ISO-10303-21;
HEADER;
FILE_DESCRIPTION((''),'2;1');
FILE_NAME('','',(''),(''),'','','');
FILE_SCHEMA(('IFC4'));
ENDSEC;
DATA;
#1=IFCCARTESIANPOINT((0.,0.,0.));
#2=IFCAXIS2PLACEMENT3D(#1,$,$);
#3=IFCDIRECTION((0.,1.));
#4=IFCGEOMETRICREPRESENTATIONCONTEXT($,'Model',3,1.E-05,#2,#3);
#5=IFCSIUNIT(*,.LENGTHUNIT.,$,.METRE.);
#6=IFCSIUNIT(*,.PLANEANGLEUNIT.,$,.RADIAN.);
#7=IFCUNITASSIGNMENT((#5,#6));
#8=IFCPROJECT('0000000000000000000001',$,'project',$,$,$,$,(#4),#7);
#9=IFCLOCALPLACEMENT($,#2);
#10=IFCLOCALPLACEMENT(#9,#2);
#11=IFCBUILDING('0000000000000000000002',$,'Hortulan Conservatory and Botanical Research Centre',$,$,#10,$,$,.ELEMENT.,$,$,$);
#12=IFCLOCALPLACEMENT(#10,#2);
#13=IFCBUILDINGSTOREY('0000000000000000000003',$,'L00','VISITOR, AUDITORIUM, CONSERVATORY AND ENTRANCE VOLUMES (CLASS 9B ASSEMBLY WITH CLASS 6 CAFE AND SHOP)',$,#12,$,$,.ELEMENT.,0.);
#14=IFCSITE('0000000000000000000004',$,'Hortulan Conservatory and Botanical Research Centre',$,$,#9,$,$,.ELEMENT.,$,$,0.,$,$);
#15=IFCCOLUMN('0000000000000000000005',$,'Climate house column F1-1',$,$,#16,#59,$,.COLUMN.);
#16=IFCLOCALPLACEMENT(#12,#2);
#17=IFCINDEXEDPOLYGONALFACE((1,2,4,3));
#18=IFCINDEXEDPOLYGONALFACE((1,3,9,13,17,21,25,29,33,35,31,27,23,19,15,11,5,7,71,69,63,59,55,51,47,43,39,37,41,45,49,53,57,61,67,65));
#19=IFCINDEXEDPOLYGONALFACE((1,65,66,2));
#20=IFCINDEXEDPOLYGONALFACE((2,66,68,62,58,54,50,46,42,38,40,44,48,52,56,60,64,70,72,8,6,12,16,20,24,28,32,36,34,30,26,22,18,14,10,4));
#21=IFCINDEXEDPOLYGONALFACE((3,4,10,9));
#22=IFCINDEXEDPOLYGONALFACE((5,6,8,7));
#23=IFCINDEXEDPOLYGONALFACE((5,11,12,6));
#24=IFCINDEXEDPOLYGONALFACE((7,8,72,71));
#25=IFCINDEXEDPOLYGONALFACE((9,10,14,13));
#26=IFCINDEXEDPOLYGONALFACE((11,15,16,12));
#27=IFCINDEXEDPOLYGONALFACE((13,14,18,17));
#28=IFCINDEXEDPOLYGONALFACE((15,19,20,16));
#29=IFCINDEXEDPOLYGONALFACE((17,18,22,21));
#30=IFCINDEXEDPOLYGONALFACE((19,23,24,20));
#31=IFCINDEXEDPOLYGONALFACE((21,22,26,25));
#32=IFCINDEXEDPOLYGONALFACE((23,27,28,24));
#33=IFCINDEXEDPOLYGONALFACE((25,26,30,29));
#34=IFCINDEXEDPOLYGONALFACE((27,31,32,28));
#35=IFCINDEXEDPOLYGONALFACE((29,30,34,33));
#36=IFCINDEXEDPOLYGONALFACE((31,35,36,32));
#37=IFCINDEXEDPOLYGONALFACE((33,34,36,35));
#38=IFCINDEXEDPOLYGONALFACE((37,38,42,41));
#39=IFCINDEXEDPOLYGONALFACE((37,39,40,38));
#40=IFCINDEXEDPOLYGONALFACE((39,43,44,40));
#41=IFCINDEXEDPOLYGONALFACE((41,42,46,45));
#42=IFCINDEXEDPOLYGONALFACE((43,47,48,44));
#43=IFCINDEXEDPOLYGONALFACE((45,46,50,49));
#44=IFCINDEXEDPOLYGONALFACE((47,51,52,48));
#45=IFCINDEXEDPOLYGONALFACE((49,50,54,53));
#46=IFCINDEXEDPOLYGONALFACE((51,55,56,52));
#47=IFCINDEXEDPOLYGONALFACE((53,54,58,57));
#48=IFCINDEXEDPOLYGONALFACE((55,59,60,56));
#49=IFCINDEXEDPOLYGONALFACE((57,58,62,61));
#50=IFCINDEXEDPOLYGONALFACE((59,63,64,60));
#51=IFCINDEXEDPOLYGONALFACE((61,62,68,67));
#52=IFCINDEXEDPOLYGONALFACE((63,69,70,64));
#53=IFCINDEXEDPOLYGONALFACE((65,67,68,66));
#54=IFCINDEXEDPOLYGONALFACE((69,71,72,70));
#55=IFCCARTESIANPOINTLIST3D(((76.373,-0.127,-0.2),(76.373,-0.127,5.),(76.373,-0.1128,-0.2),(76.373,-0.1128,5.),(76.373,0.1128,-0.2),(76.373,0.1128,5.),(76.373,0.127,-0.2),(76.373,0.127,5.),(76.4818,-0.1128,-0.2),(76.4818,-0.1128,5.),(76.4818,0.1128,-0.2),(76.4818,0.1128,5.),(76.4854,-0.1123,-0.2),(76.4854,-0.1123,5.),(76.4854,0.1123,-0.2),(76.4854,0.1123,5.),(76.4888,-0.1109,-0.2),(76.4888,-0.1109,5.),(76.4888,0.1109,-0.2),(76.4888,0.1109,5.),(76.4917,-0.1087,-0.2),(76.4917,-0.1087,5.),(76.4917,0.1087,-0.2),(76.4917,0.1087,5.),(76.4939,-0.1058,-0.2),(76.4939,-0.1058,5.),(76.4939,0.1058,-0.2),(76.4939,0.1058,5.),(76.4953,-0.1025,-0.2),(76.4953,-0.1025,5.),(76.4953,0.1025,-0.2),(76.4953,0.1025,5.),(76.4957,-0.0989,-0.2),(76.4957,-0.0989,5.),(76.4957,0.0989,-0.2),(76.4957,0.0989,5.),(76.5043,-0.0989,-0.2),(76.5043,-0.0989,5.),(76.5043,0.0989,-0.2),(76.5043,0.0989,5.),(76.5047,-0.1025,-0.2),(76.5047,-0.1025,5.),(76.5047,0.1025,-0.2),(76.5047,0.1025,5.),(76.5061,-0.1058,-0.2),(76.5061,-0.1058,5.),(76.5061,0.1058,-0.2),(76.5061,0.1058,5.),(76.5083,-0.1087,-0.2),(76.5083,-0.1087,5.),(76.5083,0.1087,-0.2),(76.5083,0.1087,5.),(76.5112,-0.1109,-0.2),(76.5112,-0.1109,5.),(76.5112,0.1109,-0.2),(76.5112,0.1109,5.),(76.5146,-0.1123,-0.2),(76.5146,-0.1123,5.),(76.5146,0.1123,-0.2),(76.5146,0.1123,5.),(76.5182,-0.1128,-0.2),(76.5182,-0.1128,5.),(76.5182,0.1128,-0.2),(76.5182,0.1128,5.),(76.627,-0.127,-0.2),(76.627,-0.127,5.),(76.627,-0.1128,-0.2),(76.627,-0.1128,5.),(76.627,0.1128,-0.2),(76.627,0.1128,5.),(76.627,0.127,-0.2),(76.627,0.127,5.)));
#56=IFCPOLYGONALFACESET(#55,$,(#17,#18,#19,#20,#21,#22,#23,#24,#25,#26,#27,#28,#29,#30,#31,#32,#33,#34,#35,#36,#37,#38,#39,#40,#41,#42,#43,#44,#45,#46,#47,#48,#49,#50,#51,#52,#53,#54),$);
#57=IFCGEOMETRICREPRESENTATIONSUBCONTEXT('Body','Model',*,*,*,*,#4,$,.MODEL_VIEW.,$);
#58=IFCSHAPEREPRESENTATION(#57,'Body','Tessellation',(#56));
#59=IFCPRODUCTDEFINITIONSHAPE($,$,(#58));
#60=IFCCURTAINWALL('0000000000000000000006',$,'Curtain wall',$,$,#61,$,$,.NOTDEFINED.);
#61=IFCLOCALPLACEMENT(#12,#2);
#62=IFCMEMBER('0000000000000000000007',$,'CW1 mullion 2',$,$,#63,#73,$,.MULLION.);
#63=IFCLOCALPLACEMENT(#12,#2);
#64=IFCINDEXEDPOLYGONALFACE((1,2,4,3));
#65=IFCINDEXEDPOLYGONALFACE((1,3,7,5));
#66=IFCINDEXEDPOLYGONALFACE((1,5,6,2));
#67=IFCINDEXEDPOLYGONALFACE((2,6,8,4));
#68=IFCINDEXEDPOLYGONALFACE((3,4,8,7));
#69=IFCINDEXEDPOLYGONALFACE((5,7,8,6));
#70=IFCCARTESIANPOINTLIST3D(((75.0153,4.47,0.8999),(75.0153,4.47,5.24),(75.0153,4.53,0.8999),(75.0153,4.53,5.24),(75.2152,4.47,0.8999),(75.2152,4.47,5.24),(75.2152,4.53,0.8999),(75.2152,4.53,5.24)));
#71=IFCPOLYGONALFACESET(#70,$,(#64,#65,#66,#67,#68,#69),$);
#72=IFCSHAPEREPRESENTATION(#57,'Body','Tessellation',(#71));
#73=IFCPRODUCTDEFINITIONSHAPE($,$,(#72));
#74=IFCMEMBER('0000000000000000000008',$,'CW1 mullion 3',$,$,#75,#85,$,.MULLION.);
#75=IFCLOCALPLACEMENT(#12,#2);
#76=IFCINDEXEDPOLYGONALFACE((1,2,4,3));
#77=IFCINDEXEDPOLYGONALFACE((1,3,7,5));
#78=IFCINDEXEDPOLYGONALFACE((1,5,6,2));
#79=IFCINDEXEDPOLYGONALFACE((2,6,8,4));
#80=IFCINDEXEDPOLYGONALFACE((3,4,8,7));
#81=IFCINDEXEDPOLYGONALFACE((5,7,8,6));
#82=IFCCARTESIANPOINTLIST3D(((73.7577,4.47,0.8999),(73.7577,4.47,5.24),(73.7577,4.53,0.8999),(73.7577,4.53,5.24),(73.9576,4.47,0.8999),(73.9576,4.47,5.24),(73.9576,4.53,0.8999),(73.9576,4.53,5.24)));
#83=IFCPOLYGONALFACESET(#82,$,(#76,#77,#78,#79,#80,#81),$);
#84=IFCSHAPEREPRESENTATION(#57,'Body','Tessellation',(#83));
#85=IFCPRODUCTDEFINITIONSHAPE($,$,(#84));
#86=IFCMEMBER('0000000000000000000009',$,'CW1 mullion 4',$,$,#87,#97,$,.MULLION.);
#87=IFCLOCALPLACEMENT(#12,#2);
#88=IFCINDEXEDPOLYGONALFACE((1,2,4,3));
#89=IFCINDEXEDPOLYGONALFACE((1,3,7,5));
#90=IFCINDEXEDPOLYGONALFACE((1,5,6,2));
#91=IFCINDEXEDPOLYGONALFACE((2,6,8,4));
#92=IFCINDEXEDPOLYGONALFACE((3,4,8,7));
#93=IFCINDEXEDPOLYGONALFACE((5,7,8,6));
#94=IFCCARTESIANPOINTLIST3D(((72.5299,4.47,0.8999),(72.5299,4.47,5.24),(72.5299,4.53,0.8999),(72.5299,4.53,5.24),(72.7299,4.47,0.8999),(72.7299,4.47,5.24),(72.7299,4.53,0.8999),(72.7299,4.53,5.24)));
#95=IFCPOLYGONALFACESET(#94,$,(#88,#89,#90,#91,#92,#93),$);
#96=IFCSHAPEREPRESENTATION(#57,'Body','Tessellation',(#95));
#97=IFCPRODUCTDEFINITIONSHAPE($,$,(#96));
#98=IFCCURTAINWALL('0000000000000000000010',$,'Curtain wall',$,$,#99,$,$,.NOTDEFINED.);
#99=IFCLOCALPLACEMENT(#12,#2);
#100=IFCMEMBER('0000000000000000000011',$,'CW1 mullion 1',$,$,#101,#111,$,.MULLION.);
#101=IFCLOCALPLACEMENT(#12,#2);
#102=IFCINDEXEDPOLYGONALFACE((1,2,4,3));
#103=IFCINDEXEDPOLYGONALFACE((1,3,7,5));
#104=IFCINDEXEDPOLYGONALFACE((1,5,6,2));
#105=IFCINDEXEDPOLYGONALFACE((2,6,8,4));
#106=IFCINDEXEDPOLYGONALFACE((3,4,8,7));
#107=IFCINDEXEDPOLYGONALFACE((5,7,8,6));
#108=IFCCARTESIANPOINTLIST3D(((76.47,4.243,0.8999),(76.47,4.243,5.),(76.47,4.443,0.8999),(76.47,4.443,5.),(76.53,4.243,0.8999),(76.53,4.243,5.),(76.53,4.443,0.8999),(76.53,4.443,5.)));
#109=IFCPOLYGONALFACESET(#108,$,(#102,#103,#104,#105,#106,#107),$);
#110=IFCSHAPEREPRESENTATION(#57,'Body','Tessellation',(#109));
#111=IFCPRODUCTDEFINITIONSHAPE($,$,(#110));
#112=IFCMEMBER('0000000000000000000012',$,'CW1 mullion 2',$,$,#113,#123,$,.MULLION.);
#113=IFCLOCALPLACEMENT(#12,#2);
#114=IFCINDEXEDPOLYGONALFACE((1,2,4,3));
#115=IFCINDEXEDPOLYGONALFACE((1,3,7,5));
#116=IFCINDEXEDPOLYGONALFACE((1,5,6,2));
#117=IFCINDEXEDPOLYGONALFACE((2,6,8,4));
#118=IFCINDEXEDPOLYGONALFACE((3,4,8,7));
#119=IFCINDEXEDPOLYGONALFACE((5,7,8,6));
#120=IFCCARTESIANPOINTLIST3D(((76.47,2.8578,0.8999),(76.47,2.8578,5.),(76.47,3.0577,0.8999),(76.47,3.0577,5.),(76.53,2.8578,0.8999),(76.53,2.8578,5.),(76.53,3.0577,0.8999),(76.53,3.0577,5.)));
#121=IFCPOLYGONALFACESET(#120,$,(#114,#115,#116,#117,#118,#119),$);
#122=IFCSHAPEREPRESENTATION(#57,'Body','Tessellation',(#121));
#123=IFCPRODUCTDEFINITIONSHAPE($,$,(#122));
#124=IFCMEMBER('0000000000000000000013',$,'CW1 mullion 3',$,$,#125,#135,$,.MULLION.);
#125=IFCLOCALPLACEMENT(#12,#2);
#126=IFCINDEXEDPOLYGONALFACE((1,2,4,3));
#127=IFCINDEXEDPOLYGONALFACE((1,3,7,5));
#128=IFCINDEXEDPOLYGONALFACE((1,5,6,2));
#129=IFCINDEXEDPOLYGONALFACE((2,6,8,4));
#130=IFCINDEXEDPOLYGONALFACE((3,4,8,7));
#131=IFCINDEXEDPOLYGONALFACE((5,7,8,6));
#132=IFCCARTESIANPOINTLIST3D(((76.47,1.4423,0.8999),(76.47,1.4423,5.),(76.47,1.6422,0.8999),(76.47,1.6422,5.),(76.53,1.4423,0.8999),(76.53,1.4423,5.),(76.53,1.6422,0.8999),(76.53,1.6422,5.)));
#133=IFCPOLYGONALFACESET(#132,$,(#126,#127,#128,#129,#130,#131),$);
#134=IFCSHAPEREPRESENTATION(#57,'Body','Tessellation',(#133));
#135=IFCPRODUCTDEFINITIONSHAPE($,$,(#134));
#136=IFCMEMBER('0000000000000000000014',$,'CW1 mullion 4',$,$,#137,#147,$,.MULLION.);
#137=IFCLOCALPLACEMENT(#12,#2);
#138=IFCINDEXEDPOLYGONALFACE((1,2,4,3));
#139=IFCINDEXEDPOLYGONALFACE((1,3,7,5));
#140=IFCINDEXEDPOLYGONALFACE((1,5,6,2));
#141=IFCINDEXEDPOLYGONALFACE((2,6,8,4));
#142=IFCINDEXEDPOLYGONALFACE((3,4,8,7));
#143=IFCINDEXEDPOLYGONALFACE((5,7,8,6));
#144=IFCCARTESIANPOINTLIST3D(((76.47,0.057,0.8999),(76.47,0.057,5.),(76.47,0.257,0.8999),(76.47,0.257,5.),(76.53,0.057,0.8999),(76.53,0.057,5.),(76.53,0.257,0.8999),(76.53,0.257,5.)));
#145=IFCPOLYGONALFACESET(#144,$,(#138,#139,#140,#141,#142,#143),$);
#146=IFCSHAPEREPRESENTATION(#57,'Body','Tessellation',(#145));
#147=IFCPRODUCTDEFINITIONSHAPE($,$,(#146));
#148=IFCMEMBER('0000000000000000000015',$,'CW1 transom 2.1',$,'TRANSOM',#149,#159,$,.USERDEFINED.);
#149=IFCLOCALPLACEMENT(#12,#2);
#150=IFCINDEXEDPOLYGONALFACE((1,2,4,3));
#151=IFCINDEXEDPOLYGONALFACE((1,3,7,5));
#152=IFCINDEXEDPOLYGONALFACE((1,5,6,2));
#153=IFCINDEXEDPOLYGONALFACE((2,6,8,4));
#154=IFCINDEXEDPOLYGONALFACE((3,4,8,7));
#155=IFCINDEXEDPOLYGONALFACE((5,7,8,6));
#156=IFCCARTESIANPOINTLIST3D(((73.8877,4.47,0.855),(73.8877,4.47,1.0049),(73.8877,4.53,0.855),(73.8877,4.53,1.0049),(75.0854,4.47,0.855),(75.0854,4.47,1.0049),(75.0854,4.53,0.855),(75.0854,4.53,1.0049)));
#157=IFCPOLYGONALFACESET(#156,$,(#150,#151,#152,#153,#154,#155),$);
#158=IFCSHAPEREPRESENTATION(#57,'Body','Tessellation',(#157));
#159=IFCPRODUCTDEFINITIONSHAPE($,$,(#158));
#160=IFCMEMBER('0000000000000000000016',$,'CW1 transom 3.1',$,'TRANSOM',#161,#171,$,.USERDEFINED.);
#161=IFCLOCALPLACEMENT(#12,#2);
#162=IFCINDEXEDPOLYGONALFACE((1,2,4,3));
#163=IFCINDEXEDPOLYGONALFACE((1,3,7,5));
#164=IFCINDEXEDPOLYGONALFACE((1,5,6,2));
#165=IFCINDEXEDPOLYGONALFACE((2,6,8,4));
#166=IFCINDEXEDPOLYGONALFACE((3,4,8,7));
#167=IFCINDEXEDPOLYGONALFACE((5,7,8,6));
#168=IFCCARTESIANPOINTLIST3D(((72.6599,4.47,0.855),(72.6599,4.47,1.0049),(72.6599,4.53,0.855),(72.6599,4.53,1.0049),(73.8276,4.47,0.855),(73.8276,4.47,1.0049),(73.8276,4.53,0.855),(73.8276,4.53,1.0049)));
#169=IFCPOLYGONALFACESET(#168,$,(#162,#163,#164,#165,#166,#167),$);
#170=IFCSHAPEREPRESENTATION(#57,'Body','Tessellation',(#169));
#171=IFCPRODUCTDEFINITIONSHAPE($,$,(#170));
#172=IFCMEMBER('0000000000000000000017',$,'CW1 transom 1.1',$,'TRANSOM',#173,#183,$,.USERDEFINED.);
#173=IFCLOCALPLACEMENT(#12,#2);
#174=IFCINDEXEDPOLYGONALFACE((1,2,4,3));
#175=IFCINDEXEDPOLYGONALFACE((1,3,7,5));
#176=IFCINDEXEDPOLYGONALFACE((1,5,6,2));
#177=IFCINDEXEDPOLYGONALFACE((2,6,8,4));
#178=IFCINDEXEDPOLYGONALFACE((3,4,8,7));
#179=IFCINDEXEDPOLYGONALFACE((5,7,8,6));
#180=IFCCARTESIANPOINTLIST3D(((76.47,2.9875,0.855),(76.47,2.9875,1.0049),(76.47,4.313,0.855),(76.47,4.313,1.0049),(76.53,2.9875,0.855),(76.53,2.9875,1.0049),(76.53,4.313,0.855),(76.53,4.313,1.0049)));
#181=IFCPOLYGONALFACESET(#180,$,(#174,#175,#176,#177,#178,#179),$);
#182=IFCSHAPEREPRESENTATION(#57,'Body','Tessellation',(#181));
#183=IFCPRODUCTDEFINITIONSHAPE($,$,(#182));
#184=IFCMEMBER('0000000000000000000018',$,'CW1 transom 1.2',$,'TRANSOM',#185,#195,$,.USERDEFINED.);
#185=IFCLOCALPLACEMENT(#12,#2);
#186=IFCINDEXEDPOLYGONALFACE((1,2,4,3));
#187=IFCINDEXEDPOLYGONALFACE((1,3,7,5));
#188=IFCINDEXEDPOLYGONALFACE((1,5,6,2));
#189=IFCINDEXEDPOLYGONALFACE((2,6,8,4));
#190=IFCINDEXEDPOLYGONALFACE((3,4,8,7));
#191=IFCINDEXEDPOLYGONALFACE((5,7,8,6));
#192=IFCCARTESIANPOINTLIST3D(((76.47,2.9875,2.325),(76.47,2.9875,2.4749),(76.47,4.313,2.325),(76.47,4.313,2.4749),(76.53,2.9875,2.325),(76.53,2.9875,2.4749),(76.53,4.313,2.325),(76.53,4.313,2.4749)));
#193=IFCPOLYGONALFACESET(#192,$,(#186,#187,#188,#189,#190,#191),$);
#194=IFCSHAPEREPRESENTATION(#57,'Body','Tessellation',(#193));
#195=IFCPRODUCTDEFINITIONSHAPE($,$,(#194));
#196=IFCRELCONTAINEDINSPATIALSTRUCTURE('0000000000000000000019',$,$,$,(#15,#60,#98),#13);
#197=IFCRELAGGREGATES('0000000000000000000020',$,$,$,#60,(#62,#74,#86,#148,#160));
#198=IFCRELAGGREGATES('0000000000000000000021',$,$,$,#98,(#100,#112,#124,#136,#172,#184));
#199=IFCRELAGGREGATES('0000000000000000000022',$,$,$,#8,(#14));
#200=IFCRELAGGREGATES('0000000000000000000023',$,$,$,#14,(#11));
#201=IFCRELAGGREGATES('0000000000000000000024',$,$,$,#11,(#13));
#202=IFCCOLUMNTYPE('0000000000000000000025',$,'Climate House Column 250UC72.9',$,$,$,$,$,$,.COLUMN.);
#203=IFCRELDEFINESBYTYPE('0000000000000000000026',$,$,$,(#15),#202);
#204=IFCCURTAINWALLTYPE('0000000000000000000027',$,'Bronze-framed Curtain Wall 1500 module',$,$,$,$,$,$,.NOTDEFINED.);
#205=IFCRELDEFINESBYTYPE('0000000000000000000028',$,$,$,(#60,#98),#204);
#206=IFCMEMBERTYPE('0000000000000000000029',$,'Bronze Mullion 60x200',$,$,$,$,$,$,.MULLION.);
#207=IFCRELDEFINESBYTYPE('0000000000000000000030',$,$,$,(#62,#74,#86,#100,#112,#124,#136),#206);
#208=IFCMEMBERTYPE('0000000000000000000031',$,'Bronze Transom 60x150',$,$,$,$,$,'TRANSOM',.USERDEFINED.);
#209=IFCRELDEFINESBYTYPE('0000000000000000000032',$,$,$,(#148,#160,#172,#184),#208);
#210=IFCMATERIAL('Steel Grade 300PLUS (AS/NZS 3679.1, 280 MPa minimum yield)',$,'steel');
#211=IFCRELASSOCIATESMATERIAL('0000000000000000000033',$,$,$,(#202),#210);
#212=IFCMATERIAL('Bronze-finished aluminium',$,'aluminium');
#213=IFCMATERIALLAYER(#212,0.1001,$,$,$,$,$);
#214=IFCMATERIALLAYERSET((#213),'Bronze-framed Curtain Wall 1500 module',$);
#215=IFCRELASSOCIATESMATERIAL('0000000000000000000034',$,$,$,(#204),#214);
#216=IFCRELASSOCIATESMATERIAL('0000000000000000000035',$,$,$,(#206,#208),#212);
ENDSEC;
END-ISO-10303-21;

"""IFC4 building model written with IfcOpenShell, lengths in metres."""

from ifc_helpers import new_model, si_unit, direction, frame, origin, origin_2d, place, context, subcontext, project, spatial, rectangle, i_section, extrude, material, layer, layer_set, material_profile, profile_set, type_object, element, aggregate, save


model = new_model("IFC4")

# Units and contexts
model_context = context("Model", 3, precision=1e-05, world=origin(), true_north=direction((0.0, 1.0)))
body_context = subcontext(model_context, "Body", "Model", "MODEL_VIEW")
ifc_project = project(units=[si_unit("LENGTHUNIT", "METRE"), si_unit("PLANEANGLEUNIT", "RADIAN")], contexts=[model_context])

# Site, building, storey
site_placement = place(None, origin())
site = spatial("IfcSite", under=ifc_project, at=site_placement, Name="Hortulan Conservatory and Botanical Research Centre", CompositionType="ELEMENT", RefElevation=0.0)
building_placement = place(site_placement, origin())
building = spatial("IfcBuilding", under=site, at=building_placement, Name="Hortulan Conservatory and Botanical Research Centre", CompositionType="ELEMENT")
storey_placement = place(building_placement, origin())
storey = spatial("IfcBuildingStorey", under=building, at=storey_placement, Name="L00", Description="VISITOR, AUDITORIUM, CONSERVATORY AND ENTRANCE VOLUMES (CLASS 9B ASSEMBLY WITH CLASS 6 CAFE AND SHOP)", CompositionType="ELEMENT", Elevation=0.0)

# Column
ifc_material_1 = material(Name="Steel Grade 300PLUS (AS/NZS 3679.1, 280 MPa minimum yield)", Category="steel")
ifc_material_profile_1 = material_profile(ifc_material_1, i_section(OverallWidth=0.2539, OverallDepth=0.2539, WebThickness=0.0085, FlangeThickness=0.0142, FilletRadius=0.0139, at=origin_2d()), Name="250UC72.9")
ifc_profile_set_1 = profile_set([ifc_material_profile_1], Name="Steel Grade 300PLUS (AS/NZS 3679.1, 280 MPa minimum yield)")
column_type = type_object("IfcColumnType", Name="Climate House Column 250UC72.9", PredefinedType="COLUMN", material=ifc_profile_set_1)
column_placement = place(storey_placement, frame((76.5, 0.0, -0.2), z_axis=(0.0, 0.0, 1.0), x_axis=(1.0, 0.0, 0.0)))
element("IfcColumn", 1, at=column_placement, inside=storey, type_object=column_type, Name="Climate house column F1-1", PredefinedType="COLUMN", context=body_context, shape_type="SweptSolid", body=[
    extrude(i_section(OverallWidth=0.2539, OverallDepth=0.2539, WebThickness=0.0085, FlangeThickness=0.0142, FilletRadius=0.0139, at=origin_2d()), origin(), (0.0, 0.0, 1.0), 5.2),
])

# Curtain walls, members
ifc_material_2 = material(Name="Bronze-finished aluminium", Category="aluminium")
ifc_layer_1 = layer(ifc_material_2, 0.1001)
ifc_layer_set_1 = layer_set([ifc_layer_1], Name="Bronze-framed Curtain Wall 1500 module")
curtain_wall_type = type_object("IfcCurtainWallType", Name="Bronze-framed Curtain Wall 1500 module", PredefinedType="NOTDEFINED", material=ifc_layer_set_1)
curtain_wall_1_placement = place(storey_placement, origin())
curtain_wall_1 = element("IfcCurtainWall", 2, at=curtain_wall_1_placement, inside=storey, type_object=curtain_wall_type, Name="Curtain wall", PredefinedType="NOTDEFINED")
ifc_material_profile_2 = material_profile(ifc_material_2, rectangle(XDim=0.0601, YDim=0.2, at=origin_2d()), Name="Bronze Mullion 60x200")
ifc_profile_set_2 = profile_set([ifc_material_profile_2], Name="Bronze-finished aluminium")
member_type_1 = type_object("IfcMemberType", Name="Bronze Mullion 60x200", PredefinedType="MULLION", material=ifc_profile_set_2)
member_1_placement = place(storey_placement, frame((75.1152, 4.5, 0.8999), z_axis=(0.0, 0.0, 1.0), x_axis=(0.0, -1.0, 0.0)))
member_1 = element("IfcMember", 3, at=member_1_placement, type_object=member_type_1, Name="CW1 mullion 2", PredefinedType="MULLION", context=body_context, shape_type="SweptSolid", body=[
    extrude(rectangle(XDim=0.0601, YDim=0.2, at=origin_2d()), origin(), (0.0, 0.0, 1.0), 4.3401),
])
member_2_placement = place(storey_placement, frame((73.8577, 4.5, 0.8999), z_axis=(0.0, 0.0, 1.0), x_axis=(0.0, -1.0, 0.0)))
member_2 = element("IfcMember", 4, at=member_2_placement, type_object=member_type_1, Name="CW1 mullion 3", PredefinedType="MULLION", context=body_context, shape_type="SweptSolid", body=[
    extrude(rectangle(XDim=0.0601, YDim=0.2, at=origin_2d()), origin(), (0.0, 0.0, 1.0), 4.3401),
])
member_3_placement = place(storey_placement, frame((72.6299, 4.5, 0.8999), z_axis=(0.0, 0.0, 1.0), x_axis=(0.0, -1.0, 0.0)))
member_3 = element("IfcMember", 5, at=member_3_placement, type_object=member_type_1, Name="CW1 mullion 4", PredefinedType="MULLION", context=body_context, shape_type="SweptSolid", body=[
    extrude(rectangle(XDim=0.0601, YDim=0.2, at=origin_2d()), origin(), (0.0, 0.0, 1.0), 4.3401),
])
curtain_wall_2_placement = place(storey_placement, origin())
curtain_wall_2 = element("IfcCurtainWall", 6, at=curtain_wall_2_placement, inside=storey, type_object=curtain_wall_type, Name="Curtain wall", PredefinedType="NOTDEFINED")
member_4_placement = place(storey_placement, frame((76.5, 4.343, 0.8999), z_axis=(0.0, 0.0, 1.0), x_axis=(1.0, 0.0, 0.0)))
member_4 = element("IfcMember", 7, at=member_4_placement, type_object=member_type_1, Name="CW1 mullion 1", PredefinedType="MULLION", context=body_context, shape_type="SweptSolid", body=[
    extrude(rectangle(XDim=0.0601, YDim=0.2, at=origin_2d()), origin(), (0.0, 0.0, 1.0), 4.1001),
])
member_5_placement = place(storey_placement, frame((76.5, 2.9578, 0.8999), z_axis=(0.0, 0.0, 1.0), x_axis=(1.0, 0.0, 0.0)))
member_5 = element("IfcMember", 8, at=member_5_placement, type_object=member_type_1, Name="CW1 mullion 2", PredefinedType="MULLION", context=body_context, shape_type="SweptSolid", body=[
    extrude(rectangle(XDim=0.0601, YDim=0.2, at=origin_2d()), origin(), (0.0, 0.0, 1.0), 4.1001),
])
member_6_placement = place(storey_placement, frame((76.5, 1.5422, 0.8999), z_axis=(0.0, 0.0, 1.0), x_axis=(1.0, 0.0, 0.0)))
member_6 = element("IfcMember", 9, at=member_6_placement, type_object=member_type_1, Name="CW1 mullion 3", PredefinedType="MULLION", context=body_context, shape_type="SweptSolid", body=[
    extrude(rectangle(XDim=0.0601, YDim=0.2, at=origin_2d()), origin(), (0.0, 0.0, 1.0), 4.1001),
])
member_7_placement = place(storey_placement, frame((76.5, 0.157, 0.8999), z_axis=(0.0, 0.0, 1.0), x_axis=(1.0, 0.0, 0.0)))
member_7 = element("IfcMember", 10, at=member_7_placement, type_object=member_type_1, Name="CW1 mullion 4", PredefinedType="MULLION", context=body_context, shape_type="SweptSolid", body=[
    extrude(rectangle(XDim=0.0601, YDim=0.2, at=origin_2d()), origin(), (0.0, 0.0, 1.0), 4.1001),
])

# Members
ifc_material_profile_3 = material_profile(ifc_material_2, rectangle(XDim=0.0601, YDim=0.1499, at=origin_2d()), Name="Bronze Transom 60x150")
ifc_profile_set_3 = profile_set([ifc_material_profile_3], Name="Bronze-finished aluminium")
member_type_2 = type_object("IfcMemberType", Name="Bronze Transom 60x150", ElementType="TRANSOM", PredefinedType="USERDEFINED", material=ifc_profile_set_3)
member_8_placement = place(storey_placement, frame((75.0854, 4.5, 0.9299), z_axis=(-1.0, 0.0, 0.0), x_axis=(0.0, -1.0, 0.0)))
member_8 = element("IfcMember", 11, at=member_8_placement, type_object=member_type_2, Name="CW1 transom 2.1", ObjectType="TRANSOM", PredefinedType="USERDEFINED", context=body_context, shape_type="SweptSolid", body=[
    extrude(rectangle(XDim=0.0601, YDim=0.1499, at=origin_2d()), origin(), (0.0, 0.0, 1.0), 1.1978),
])
member_9_placement = place(storey_placement, frame((73.8276, 4.5, 0.9299), z_axis=(-1.0, 0.0, 0.0), x_axis=(0.0, -1.0, 0.0)))
member_9 = element("IfcMember", 12, at=member_9_placement, type_object=member_type_2, Name="CW1 transom 3.1", ObjectType="TRANSOM", PredefinedType="USERDEFINED", context=body_context, shape_type="SweptSolid", body=[
    extrude(rectangle(XDim=0.0601, YDim=0.1499, at=origin_2d()), origin(), (0.0, 0.0, 1.0), 1.1677),
])
member_10_placement = place(storey_placement, frame((76.5, 4.313, 0.9299), z_axis=(0.0, -1.0, 0.0), x_axis=(1.0, 0.0, 0.0)))
member_10 = element("IfcMember", 13, at=member_10_placement, type_object=member_type_2, Name="CW1 transom 1.1", ObjectType="TRANSOM", PredefinedType="USERDEFINED", context=body_context, shape_type="SweptSolid", body=[
    extrude(rectangle(XDim=0.0601, YDim=0.1499, at=origin_2d()), origin(), (0.0, 0.0, 1.0), 1.3254),
])
member_11_placement = place(storey_placement, frame((76.5, 4.313, 2.3999), z_axis=(0.0, -1.0, 0.0), x_axis=(1.0, 0.0, 0.0)))
member_11 = element("IfcMember", 14, at=member_11_placement, type_object=member_type_2, Name="CW1 transom 1.2", ObjectType="TRANSOM", PredefinedType="USERDEFINED", context=body_context, shape_type="SweptSolid", body=[
    extrude(rectangle(XDim=0.0601, YDim=0.1499, at=origin_2d()), origin(), (0.0, 0.0, 1.0), 1.3254),
])

aggregate(curtain_wall_1, [member_1, member_2, member_3, member_8, member_9])
aggregate(curtain_wall_2, [member_4, member_5, member_6, member_7, member_10, member_11])

save(model, "model.ifc")
